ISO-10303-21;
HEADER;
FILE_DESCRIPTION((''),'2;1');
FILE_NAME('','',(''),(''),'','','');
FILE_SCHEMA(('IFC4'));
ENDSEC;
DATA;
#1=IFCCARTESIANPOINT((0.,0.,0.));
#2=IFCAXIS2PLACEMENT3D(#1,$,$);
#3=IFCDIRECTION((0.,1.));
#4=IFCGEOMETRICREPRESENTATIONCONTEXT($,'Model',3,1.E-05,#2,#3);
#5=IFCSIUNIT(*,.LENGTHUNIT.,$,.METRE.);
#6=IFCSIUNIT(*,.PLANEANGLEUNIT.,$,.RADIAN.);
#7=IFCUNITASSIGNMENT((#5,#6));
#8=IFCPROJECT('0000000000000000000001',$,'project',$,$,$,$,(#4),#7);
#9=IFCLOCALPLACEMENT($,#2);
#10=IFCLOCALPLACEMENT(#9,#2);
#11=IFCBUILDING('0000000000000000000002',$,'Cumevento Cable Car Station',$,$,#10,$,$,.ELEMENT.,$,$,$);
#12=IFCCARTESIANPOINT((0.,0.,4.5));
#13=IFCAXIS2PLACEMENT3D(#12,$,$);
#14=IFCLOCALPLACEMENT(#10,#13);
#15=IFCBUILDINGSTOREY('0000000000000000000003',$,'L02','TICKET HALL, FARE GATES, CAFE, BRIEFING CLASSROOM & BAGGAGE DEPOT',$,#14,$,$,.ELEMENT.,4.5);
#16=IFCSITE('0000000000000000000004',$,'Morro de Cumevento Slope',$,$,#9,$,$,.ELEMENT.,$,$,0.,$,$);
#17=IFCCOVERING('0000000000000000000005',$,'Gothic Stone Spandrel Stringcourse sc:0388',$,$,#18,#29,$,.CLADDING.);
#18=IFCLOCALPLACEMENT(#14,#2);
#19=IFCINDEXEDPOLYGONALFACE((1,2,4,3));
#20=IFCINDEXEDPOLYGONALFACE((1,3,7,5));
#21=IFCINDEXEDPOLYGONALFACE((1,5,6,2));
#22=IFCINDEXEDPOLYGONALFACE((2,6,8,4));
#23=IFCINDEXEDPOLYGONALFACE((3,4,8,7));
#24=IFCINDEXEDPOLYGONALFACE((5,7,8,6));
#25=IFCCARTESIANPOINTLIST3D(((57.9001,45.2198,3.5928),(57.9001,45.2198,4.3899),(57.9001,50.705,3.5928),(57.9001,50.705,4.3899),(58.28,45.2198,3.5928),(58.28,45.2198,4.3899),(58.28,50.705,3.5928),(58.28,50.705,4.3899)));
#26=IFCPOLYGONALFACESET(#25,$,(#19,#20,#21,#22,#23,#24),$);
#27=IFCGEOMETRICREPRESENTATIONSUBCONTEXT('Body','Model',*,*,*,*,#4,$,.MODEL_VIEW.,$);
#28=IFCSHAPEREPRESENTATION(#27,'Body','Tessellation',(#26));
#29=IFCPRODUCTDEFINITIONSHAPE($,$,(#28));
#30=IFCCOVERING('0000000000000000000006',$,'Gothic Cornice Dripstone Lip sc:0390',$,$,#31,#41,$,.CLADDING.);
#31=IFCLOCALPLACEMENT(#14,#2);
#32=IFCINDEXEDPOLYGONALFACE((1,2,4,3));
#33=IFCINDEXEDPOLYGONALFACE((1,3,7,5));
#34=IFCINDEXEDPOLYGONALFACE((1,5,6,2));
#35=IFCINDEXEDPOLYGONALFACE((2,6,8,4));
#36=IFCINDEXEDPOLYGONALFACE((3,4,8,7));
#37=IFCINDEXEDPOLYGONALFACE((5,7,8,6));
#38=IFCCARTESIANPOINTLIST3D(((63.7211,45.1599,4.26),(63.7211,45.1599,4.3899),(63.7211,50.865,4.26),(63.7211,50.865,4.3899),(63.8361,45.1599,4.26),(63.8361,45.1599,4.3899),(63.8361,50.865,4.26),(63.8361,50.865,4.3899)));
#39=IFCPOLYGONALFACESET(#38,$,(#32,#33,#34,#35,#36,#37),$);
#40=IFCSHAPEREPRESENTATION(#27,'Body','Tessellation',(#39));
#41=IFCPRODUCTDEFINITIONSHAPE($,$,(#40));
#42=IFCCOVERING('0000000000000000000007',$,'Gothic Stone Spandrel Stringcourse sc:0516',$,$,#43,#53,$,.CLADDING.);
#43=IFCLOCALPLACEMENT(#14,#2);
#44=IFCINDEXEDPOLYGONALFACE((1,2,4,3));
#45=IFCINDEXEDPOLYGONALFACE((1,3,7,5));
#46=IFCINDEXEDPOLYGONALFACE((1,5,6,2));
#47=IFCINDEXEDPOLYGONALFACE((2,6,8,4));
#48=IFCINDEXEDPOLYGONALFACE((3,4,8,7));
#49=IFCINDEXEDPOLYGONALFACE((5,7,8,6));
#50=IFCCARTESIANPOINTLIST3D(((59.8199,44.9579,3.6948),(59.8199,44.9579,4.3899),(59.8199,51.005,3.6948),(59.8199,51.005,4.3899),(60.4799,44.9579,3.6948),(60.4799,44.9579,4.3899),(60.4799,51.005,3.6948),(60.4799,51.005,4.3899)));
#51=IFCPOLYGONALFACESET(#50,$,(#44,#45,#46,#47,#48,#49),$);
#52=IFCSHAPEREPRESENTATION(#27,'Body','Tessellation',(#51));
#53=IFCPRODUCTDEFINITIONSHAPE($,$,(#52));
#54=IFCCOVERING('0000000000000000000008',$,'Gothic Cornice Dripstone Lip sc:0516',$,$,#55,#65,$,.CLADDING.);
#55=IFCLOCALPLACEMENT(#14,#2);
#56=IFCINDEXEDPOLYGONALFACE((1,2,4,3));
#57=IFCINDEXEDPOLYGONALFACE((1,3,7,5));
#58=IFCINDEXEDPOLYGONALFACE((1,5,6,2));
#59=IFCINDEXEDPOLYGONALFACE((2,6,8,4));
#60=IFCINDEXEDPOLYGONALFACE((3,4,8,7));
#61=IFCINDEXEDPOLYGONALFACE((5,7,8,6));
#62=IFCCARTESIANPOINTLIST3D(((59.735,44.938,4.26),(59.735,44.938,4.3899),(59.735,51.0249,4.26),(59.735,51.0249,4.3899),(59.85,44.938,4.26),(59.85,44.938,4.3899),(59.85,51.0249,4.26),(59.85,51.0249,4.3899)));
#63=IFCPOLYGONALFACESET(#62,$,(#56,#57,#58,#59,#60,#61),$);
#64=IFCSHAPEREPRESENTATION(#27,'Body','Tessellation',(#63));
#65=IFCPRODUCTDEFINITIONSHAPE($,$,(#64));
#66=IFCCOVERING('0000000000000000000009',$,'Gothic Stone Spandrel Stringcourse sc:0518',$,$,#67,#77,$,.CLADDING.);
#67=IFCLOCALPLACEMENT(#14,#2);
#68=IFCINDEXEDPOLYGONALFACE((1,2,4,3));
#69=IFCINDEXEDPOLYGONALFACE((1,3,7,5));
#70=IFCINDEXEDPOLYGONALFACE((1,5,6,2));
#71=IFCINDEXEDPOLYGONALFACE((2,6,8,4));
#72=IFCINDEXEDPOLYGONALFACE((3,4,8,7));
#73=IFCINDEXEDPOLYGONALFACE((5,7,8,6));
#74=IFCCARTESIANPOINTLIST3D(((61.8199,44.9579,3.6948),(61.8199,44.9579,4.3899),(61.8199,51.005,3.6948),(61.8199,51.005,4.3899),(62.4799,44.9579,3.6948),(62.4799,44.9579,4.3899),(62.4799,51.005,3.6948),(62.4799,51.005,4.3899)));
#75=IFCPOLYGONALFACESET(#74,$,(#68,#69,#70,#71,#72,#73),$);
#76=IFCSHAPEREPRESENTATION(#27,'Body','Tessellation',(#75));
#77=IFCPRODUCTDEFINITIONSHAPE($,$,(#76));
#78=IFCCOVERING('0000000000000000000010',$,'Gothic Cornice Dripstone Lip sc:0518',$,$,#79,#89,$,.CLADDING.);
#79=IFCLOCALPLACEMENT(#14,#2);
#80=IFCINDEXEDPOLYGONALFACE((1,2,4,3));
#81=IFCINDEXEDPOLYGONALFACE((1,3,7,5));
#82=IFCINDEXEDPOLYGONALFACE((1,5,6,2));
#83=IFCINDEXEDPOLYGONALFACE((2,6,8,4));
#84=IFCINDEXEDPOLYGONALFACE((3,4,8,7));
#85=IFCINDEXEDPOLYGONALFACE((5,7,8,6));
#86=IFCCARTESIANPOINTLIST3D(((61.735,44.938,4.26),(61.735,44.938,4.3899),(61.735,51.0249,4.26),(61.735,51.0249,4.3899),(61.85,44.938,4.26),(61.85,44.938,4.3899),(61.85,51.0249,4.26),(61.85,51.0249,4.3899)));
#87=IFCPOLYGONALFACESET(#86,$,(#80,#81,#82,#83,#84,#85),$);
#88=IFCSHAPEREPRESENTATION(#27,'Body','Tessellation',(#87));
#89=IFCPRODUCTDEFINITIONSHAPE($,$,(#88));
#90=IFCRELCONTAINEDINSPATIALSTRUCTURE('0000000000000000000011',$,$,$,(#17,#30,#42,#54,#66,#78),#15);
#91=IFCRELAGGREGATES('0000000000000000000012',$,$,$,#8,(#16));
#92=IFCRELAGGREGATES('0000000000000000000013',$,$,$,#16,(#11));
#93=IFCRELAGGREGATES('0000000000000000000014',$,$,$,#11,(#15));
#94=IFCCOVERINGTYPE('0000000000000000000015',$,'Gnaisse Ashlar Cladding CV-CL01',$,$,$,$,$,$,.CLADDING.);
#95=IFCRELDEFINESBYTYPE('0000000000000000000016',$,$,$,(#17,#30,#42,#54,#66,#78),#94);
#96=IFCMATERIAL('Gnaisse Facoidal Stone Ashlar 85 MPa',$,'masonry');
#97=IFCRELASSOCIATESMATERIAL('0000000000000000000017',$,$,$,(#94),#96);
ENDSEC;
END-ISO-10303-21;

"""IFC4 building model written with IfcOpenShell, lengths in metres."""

from ifc_helpers import new_model, si_unit, direction, frame, origin, origin_2d, place, context, subcontext, project, spatial, rectangle, extrude, material, type_object, element, save


model = new_model("IFC4")

# Units and contexts
model_context = context("Model", 3, precision=1e-05, world=origin(), true_north=direction((0.0, 1.0)))
body_context = subcontext(model_context, "Body", "Model", "MODEL_VIEW")
ifc_project = project(units=[si_unit("LENGTHUNIT", "METRE"), si_unit("PLANEANGLEUNIT", "RADIAN")], contexts=[model_context])

# Site, building, storey
site_placement = place(None, origin())
site = spatial("IfcSite", under=ifc_project, at=site_placement, Name="Morro de Cumevento Slope", CompositionType="ELEMENT", RefElevation=0.0)
building_placement = place(site_placement, origin())
building = spatial("IfcBuilding", under=site, at=building_placement, Name="Cumevento Cable Car Station", CompositionType="ELEMENT")
storey_placement = place(building_placement, frame((0.0, 0.0, 4.5)))
storey = spatial("IfcBuildingStorey", under=building, at=storey_placement, Name="L02", Description="TICKET HALL, FARE GATES, CAFE, BRIEFING CLASSROOM & BAGGAGE DEPOT", CompositionType="ELEMENT", Elevation=4.5)

# Coverings
ifc_material_1 = material(Name="Gnaisse Facoidal Stone Ashlar 85 MPa", Category="masonry")
covering_type = type_object("IfcCoveringType", Name="Gnaisse Ashlar Cladding CV-CL01", PredefinedType="CLADDING", material=ifc_material_1)
covering_1_placement = place(storey_placement, frame((58.0901, 47.9624, 3.5928), z_axis=(0.0, 0.0, 1.0), x_axis=(0.0, 1.0, 0.0)))
element("IfcCovering", 1, at=covering_1_placement, inside=storey, type_object=covering_type, Name="Gothic Stone Spandrel Stringcourse sc:0388", PredefinedType="CLADDING", context=body_context, shape_type="SweptSolid", body=[
    extrude(rectangle(XDim=5.4851, YDim=0.3799, at=origin_2d()), origin(), (0.0, 0.0, 1.0), 0.7971),
])
covering_2_placement = place(storey_placement, frame((63.7786, 48.0125, 4.26), z_axis=(0.0, 0.0, 1.0), x_axis=(0.0, 1.0, 0.0)))
element("IfcCovering", 2, at=covering_2_placement, inside=storey, type_object=covering_type, Name="Gothic Cornice Dripstone Lip sc:0390", PredefinedType="CLADDING", context=body_context, shape_type="SweptSolid", body=[
    extrude(rectangle(XDim=5.7051, YDim=0.115, at=origin_2d()), origin(), (0.0, 0.0, 1.0), 0.1299),
])
covering_3_placement = place(storey_placement, frame((60.1499, 47.9814, 3.6948), z_axis=(0.0, 0.0, 1.0), x_axis=(0.0, 1.0, 0.0)))
element("IfcCovering", 3, at=covering_3_placement, inside=storey, type_object=covering_type, Name="Gothic Stone Spandrel Stringcourse sc:0516", PredefinedType="CLADDING", context=body_context, shape_type="SweptSolid", body=[
    extrude(rectangle(XDim=6.0471, YDim=0.6599, at=origin_2d()), origin(), (0.0, 0.0, 1.0), 0.6951),
])
covering_4_placement = place(storey_placement, frame((59.7925, 47.9814, 4.26), z_axis=(0.0, 0.0, 1.0), x_axis=(0.0, 1.0, 0.0)))
element("IfcCovering", 4, at=covering_4_placement, inside=storey, type_object=covering_type, Name="Gothic Cornice Dripstone Lip sc:0516", PredefinedType="CLADDING", context=body_context, shape_type="SweptSolid", body=[
    extrude(rectangle(XDim=6.0869, YDim=0.115, at=origin_2d()), origin(), (0.0, 0.0, 1.0), 0.1299),
])
covering_5_placement = place(storey_placement, frame((62.1499, 47.9814, 3.6948), z_axis=(0.0, 0.0, 1.0), x_axis=(0.0, 1.0, 0.0)))
element("IfcCovering", 5, at=covering_5_placement, inside=storey, type_object=covering_type, Name="Gothic Stone Spandrel Stringcourse sc:0518", PredefinedType="CLADDING", context=body_context, shape_type="SweptSolid", body=[
    extrude(rectangle(XDim=6.0471, YDim=0.6599, at=origin_2d()), origin(), (0.0, 0.0, 1.0), 0.6951),
])
covering_6_placement = place(storey_placement, frame((61.7925, 47.9814, 4.26), z_axis=(0.0, 0.0, 1.0), x_axis=(0.0, 1.0, 0.0)))
element("IfcCovering", 6, at=covering_6_placement, inside=storey, type_object=covering_type, Name="Gothic Cornice Dripstone Lip sc:0518", PredefinedType="CLADDING", context=body_context, shape_type="SweptSolid", body=[
    extrude(rectangle(XDim=6.0869, YDim=0.115, at=origin_2d()), origin(), (0.0, 0.0, 1.0), 0.1299),
])

save(model, "model.ifc")
